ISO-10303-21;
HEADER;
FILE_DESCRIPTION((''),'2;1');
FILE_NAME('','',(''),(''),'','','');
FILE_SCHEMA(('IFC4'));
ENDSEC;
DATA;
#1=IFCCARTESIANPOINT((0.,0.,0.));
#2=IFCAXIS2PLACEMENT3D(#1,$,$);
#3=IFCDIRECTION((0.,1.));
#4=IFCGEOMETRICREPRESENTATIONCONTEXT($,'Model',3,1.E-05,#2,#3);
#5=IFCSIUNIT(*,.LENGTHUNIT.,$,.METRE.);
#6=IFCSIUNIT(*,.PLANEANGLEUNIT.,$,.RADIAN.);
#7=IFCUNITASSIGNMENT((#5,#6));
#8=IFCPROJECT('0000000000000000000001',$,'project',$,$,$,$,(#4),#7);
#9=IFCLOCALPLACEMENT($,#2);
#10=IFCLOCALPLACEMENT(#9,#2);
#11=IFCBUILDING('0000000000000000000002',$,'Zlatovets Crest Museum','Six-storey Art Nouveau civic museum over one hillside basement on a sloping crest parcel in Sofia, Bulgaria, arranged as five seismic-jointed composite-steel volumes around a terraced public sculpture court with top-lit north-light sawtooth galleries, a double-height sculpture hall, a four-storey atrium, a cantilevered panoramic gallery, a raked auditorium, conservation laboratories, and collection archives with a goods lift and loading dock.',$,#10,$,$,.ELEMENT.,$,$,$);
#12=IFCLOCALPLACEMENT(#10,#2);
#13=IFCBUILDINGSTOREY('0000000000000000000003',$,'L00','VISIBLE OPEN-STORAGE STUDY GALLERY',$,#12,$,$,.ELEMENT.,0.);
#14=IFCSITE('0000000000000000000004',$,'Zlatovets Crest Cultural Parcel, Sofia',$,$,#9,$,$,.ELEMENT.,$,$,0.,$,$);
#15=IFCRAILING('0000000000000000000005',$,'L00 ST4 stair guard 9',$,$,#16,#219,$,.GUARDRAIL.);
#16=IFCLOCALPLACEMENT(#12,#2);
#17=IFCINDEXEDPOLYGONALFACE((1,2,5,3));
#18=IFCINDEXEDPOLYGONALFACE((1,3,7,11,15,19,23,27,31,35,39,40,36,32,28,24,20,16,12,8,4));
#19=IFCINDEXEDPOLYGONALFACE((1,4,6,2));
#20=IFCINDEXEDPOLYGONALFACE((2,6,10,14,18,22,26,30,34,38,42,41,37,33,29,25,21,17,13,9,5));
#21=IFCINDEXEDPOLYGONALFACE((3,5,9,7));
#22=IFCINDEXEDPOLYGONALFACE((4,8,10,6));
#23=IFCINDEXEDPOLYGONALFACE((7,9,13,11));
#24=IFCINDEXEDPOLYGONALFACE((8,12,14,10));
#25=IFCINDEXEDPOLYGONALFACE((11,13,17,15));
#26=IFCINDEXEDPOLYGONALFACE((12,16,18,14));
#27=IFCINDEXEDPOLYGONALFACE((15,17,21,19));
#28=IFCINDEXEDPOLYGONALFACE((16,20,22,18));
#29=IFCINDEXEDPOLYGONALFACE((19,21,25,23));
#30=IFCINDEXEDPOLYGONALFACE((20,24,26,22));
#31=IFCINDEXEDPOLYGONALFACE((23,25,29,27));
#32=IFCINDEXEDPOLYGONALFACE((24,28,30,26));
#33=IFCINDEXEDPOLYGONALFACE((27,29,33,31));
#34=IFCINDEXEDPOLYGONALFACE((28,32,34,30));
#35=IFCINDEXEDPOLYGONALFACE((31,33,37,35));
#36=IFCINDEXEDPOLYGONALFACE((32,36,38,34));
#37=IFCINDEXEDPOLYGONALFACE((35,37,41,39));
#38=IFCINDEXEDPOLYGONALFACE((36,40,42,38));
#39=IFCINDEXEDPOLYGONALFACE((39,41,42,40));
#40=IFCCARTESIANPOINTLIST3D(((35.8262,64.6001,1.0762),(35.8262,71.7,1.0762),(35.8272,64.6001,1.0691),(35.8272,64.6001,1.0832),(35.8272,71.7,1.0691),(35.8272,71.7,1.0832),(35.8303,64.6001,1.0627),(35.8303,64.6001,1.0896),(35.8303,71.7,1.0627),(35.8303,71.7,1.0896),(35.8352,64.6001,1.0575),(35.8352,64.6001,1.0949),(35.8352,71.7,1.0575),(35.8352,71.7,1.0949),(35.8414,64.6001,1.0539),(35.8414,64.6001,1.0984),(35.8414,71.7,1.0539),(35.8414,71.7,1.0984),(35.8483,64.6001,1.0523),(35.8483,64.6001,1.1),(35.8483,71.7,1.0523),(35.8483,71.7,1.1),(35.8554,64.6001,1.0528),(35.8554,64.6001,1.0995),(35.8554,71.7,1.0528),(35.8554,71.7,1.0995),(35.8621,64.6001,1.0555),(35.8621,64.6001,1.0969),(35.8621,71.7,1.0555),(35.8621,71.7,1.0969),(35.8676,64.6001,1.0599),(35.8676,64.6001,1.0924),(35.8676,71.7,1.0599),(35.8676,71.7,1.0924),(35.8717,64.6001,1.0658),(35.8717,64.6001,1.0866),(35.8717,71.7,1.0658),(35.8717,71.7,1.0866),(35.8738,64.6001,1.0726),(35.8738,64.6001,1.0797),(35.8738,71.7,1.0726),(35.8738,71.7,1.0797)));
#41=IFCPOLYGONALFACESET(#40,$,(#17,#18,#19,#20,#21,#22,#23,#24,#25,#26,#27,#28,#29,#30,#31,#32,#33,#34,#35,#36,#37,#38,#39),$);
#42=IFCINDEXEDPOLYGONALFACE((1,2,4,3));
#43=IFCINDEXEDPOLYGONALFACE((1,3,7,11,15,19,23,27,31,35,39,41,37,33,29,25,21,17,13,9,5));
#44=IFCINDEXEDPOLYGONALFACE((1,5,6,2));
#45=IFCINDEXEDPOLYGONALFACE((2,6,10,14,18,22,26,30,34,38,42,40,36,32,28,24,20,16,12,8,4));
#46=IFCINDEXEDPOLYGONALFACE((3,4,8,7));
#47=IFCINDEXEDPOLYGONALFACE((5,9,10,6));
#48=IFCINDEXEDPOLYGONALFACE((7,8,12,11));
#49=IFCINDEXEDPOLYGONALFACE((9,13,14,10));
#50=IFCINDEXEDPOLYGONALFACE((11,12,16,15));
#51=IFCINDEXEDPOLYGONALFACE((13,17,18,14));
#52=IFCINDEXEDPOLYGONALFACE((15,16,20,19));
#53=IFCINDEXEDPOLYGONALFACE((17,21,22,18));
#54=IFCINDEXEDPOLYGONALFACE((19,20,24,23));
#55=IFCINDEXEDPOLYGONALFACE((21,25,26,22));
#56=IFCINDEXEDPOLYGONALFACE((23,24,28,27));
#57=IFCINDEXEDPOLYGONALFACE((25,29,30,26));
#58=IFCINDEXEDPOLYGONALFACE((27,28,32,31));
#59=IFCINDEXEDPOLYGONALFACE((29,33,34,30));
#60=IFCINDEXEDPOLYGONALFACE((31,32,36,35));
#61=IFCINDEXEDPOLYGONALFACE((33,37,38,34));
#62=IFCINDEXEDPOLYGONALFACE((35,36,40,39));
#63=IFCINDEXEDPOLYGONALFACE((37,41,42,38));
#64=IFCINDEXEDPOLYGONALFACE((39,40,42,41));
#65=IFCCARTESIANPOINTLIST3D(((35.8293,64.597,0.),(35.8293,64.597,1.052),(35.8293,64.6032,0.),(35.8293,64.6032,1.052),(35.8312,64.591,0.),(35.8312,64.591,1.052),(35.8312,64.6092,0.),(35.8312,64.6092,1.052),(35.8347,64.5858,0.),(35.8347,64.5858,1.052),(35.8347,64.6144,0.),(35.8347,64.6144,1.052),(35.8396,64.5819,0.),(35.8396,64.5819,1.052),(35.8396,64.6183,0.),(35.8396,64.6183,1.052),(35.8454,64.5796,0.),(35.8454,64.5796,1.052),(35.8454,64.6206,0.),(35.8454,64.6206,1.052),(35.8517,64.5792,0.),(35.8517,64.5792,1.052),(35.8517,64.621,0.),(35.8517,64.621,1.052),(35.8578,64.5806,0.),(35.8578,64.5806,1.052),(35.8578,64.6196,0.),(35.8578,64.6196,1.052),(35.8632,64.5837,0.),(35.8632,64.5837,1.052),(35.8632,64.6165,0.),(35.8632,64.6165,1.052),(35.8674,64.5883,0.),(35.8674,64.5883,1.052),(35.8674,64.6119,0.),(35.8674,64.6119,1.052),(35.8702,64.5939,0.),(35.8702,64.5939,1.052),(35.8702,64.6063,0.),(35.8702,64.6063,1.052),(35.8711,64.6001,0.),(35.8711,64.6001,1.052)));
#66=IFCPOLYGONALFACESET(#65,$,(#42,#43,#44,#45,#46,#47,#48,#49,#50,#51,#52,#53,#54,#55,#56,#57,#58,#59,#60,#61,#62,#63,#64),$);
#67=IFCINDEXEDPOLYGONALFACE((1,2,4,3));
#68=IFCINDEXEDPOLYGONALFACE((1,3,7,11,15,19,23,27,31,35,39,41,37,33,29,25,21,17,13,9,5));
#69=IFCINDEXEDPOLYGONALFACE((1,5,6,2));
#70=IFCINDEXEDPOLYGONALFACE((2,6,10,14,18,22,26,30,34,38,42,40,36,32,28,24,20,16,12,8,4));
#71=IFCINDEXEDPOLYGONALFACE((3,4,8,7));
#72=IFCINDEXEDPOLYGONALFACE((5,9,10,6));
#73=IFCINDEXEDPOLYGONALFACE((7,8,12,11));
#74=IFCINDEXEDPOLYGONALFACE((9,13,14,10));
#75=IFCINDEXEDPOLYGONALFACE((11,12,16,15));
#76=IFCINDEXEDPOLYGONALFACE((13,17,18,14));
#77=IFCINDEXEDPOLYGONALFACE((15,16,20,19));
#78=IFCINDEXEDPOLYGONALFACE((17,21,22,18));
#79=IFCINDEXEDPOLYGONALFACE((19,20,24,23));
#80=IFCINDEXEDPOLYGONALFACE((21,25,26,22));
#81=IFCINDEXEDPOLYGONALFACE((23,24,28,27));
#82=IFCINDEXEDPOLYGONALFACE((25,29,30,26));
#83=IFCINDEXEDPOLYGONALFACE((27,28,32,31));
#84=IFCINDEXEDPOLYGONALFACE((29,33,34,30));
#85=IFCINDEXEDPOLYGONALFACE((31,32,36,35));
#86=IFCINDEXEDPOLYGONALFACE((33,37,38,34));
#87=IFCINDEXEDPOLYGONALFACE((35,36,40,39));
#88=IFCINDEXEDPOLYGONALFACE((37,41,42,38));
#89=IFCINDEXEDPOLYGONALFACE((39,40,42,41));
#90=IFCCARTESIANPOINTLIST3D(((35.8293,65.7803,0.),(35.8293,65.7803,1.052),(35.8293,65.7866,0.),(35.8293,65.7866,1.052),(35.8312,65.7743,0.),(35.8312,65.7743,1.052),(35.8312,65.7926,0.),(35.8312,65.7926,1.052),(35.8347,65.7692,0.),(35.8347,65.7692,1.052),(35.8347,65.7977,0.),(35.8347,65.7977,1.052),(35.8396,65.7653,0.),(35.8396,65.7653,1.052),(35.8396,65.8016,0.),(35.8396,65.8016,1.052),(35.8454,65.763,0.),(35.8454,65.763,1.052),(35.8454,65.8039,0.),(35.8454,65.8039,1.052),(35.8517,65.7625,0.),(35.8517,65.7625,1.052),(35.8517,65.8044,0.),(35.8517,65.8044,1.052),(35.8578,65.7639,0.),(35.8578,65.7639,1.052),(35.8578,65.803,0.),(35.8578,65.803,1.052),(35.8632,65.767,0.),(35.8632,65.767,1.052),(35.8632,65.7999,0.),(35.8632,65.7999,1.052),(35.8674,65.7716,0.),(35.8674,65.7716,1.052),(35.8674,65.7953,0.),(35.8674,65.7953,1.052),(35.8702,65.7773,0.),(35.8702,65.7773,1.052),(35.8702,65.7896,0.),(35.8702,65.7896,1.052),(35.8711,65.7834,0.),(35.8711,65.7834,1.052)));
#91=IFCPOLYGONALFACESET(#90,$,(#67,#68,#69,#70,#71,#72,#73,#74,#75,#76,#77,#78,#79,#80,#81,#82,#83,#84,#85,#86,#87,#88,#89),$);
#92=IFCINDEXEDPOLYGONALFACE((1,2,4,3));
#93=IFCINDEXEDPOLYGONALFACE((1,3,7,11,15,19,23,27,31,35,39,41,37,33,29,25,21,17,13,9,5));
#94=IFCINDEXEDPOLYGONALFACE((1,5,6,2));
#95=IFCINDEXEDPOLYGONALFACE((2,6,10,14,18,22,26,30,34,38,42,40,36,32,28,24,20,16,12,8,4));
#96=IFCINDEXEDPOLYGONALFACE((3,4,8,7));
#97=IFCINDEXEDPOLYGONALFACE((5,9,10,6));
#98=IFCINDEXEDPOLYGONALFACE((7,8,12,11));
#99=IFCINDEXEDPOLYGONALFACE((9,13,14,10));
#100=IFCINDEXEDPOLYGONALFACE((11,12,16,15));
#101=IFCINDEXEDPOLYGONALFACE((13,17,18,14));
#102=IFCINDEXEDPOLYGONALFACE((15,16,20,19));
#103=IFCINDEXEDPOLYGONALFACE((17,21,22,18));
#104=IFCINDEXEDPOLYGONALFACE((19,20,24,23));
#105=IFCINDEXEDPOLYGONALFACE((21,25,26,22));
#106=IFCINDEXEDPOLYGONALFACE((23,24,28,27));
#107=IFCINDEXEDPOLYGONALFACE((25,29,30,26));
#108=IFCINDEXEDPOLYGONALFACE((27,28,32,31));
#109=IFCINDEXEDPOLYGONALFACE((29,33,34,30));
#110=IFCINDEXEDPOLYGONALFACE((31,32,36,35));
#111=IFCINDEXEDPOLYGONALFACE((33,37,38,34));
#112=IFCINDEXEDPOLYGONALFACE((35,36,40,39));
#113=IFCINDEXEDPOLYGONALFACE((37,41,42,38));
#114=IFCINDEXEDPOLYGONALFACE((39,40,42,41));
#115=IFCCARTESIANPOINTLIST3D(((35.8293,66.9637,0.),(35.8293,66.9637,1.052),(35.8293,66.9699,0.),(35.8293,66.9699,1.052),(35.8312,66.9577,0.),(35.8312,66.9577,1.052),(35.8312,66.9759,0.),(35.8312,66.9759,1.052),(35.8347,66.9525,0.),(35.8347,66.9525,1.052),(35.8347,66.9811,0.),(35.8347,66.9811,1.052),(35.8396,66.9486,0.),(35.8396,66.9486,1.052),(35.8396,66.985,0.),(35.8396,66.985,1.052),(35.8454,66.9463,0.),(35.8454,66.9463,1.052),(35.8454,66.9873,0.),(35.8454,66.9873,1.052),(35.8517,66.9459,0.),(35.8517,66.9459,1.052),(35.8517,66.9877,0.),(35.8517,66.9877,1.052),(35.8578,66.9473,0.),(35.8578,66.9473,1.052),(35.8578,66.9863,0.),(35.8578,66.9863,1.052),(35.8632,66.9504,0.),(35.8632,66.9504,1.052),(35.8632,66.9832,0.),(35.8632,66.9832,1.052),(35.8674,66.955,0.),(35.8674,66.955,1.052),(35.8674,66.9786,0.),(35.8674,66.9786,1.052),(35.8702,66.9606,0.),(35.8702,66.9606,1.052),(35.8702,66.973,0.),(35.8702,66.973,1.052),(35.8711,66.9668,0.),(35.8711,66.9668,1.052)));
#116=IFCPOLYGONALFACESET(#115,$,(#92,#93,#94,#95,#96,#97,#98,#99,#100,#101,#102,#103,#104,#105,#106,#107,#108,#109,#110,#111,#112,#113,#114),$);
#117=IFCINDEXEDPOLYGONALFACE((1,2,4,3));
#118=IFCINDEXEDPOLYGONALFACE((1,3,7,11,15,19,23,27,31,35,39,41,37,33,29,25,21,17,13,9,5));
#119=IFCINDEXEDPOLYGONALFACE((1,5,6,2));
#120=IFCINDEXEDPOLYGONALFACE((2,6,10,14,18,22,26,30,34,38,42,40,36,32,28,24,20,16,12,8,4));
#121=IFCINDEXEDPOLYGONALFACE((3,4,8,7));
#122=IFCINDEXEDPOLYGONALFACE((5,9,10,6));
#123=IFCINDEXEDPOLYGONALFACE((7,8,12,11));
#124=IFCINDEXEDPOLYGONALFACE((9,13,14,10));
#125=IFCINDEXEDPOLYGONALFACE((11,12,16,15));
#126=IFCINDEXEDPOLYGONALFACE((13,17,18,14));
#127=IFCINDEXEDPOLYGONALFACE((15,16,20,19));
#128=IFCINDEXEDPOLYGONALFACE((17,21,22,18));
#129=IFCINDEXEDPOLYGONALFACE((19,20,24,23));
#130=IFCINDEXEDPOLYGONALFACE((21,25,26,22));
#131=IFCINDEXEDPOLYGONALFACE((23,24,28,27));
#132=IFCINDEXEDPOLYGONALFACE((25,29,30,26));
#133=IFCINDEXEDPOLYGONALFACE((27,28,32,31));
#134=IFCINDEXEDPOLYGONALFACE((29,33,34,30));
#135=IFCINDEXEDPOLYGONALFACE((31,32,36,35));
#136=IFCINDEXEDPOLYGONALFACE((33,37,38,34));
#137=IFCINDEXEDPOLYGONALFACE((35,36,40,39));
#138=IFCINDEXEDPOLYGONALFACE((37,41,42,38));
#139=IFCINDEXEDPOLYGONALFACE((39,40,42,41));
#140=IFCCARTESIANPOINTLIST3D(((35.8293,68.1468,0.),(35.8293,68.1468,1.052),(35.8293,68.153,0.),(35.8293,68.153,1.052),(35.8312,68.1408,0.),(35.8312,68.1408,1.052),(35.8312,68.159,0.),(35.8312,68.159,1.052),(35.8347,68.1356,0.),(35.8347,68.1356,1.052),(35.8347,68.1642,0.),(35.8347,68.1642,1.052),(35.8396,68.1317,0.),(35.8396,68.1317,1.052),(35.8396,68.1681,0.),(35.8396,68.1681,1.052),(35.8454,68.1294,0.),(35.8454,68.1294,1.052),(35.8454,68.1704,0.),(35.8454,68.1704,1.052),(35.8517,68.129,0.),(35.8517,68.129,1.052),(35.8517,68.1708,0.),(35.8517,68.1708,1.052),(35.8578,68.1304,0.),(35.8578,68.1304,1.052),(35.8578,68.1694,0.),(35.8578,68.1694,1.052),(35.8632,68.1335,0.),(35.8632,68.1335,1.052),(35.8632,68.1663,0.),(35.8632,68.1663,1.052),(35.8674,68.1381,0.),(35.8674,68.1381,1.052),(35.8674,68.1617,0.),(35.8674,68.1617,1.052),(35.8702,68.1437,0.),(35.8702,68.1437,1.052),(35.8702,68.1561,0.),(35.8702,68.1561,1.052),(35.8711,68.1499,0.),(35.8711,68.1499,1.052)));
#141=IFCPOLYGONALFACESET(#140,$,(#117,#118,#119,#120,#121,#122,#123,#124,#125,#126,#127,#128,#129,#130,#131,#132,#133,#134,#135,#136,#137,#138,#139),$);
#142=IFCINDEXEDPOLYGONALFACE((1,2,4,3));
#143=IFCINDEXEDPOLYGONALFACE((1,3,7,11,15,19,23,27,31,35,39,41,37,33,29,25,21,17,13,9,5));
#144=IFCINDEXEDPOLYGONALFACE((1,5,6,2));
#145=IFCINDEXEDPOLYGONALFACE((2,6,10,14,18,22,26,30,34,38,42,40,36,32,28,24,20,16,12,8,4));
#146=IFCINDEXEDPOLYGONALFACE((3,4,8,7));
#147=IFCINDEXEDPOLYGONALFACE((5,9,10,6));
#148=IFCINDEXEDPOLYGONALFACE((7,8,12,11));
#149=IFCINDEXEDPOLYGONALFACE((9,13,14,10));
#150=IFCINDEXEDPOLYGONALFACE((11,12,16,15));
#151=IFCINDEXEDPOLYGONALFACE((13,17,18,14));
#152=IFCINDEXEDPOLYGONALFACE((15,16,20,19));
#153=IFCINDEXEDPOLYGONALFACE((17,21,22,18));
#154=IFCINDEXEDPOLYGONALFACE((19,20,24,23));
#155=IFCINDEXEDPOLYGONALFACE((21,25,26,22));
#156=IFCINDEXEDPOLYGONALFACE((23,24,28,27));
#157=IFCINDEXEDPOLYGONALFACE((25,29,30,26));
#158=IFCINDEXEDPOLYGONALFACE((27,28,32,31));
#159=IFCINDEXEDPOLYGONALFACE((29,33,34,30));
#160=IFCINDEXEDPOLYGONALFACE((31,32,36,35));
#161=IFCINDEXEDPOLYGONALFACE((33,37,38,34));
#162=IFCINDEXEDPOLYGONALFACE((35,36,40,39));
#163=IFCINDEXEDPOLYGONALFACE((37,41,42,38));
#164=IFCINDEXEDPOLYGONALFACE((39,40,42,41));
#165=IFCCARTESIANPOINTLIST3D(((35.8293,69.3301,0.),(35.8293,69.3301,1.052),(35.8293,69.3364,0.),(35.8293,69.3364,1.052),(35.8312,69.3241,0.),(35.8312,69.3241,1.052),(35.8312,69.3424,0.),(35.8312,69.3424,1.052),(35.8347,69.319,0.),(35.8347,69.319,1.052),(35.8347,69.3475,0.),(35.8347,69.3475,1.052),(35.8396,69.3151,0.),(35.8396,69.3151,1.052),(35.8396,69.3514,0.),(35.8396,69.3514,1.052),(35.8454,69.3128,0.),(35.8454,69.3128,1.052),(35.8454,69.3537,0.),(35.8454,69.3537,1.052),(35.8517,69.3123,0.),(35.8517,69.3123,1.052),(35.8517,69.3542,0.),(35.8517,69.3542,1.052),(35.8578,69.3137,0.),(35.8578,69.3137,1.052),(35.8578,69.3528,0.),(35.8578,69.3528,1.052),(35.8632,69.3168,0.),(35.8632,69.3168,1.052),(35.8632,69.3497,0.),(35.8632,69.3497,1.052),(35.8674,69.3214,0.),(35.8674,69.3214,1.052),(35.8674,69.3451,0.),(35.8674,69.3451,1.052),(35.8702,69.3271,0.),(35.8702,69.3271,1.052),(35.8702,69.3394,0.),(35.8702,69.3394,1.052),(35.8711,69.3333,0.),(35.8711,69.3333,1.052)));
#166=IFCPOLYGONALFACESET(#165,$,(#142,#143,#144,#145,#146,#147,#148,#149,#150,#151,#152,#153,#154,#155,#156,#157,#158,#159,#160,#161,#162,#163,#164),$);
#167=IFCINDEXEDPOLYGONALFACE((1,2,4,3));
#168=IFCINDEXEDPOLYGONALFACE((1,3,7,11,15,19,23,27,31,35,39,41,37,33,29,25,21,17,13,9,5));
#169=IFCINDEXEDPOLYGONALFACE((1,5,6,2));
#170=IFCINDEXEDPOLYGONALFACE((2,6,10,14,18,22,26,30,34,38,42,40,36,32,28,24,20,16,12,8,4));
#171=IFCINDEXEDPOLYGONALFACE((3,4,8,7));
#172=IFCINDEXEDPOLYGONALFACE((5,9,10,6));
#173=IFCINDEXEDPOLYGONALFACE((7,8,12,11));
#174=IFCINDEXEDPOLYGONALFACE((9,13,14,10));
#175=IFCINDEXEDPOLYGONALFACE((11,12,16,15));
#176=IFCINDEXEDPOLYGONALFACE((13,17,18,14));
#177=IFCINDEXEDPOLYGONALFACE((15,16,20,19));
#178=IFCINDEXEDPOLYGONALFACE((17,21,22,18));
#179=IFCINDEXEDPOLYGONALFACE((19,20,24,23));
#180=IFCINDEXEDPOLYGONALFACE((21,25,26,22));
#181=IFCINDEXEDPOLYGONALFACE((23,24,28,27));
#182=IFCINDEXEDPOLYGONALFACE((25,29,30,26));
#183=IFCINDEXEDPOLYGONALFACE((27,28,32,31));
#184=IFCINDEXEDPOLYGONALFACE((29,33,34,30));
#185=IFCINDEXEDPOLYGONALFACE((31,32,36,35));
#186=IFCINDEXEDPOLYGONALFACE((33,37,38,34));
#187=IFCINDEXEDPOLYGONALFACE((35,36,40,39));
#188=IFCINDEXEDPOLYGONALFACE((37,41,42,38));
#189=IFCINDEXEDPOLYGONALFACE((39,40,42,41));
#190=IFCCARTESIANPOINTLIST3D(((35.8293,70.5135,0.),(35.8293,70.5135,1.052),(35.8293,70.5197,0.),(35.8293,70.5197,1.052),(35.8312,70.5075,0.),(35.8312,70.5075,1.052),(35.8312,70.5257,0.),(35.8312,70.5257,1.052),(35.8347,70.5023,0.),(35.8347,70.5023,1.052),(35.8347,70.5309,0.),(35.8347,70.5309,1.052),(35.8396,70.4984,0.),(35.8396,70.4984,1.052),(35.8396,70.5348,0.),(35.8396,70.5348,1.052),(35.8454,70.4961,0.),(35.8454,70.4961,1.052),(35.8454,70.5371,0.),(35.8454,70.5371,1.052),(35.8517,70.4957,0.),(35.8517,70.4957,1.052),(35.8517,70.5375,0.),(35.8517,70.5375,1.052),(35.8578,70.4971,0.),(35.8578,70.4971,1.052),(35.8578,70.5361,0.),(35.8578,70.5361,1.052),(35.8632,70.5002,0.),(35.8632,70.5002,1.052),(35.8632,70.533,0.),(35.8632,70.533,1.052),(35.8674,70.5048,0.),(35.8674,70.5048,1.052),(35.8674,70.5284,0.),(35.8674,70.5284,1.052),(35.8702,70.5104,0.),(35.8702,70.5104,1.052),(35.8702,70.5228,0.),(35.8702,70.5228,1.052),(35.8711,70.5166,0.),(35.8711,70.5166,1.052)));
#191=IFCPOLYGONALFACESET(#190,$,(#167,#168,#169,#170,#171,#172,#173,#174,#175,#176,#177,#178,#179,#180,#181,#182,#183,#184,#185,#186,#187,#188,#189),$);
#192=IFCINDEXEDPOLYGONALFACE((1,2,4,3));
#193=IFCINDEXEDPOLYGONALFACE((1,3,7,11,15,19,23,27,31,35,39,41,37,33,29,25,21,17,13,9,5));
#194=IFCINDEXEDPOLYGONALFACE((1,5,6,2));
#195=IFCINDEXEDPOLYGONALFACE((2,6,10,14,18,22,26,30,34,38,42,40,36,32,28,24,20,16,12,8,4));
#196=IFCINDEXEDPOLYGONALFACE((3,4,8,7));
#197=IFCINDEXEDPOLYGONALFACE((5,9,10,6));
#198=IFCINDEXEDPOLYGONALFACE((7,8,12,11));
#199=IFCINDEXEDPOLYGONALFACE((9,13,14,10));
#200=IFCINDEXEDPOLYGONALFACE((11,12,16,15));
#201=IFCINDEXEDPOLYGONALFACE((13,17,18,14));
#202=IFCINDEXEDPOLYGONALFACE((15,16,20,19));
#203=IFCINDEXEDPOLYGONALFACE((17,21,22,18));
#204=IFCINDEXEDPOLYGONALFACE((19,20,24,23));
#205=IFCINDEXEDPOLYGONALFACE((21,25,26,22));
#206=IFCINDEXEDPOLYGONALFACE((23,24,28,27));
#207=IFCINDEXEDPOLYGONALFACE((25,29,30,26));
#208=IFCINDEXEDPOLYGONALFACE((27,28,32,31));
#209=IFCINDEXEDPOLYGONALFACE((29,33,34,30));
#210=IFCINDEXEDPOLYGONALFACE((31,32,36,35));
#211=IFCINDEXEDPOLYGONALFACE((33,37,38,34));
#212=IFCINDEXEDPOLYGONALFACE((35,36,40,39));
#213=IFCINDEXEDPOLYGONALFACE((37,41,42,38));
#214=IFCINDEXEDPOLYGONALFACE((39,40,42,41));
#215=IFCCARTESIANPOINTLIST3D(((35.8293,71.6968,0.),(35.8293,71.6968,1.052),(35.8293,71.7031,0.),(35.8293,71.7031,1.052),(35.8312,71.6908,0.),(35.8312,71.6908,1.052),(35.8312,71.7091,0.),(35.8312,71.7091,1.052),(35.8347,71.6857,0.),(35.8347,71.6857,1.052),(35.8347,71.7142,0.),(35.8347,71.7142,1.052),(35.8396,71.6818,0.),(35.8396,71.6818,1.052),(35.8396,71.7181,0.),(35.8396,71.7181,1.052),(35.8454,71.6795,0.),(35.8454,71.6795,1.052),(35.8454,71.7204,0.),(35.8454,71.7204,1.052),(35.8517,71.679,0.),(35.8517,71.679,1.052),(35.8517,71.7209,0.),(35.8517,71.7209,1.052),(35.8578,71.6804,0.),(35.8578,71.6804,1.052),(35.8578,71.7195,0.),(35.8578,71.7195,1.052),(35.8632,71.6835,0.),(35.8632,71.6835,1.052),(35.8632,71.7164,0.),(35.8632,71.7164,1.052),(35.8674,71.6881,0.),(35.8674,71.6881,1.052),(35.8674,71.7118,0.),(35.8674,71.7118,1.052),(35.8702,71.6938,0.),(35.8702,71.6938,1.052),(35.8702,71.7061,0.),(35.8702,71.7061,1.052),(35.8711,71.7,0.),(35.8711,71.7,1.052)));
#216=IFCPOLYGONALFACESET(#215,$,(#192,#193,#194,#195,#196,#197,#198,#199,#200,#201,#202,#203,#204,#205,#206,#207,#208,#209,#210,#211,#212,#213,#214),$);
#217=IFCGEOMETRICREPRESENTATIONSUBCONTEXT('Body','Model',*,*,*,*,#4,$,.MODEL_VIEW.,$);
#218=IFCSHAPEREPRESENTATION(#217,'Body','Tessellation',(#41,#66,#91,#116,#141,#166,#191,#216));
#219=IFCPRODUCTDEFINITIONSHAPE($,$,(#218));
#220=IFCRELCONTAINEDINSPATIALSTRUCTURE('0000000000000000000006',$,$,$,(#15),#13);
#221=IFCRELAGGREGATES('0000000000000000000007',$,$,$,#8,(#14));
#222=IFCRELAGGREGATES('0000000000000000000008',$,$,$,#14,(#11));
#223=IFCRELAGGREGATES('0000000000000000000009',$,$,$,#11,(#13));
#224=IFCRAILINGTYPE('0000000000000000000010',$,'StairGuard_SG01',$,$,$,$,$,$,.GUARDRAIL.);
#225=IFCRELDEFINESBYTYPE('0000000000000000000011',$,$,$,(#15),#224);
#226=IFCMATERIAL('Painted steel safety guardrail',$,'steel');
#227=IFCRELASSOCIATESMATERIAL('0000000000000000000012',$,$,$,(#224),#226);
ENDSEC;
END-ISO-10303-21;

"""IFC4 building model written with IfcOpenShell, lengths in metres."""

from ifc_helpers import new_model, si_unit, direction, frame, origin, origin_2d, place, context, subcontext, project, spatial, circle, extrude, material, type_object, element, save


model = new_model("IFC4")

# Units and contexts
model_context = context("Model", 3, precision=1e-05, world=origin(), true_north=direction((0.0, 1.0)))
body_context = subcontext(model_context, "Body", "Model", "MODEL_VIEW")
ifc_project = project(units=[si_unit("LENGTHUNIT", "METRE"), si_unit("PLANEANGLEUNIT", "RADIAN")], contexts=[model_context])

# Site, building, storey
site_placement = place(None, origin())
site = spatial("IfcSite", under=ifc_project, at=site_placement, Name="Zlatovets Crest Cultural Parcel, Sofia", CompositionType="ELEMENT", RefElevation=0.0)
building_placement = place(site_placement, origin())
building = spatial("IfcBuilding", under=site, at=building_placement, Name="Zlatovets Crest Museum", Description="Six-storey Art Nouveau civic museum over one hillside basement on a sloping crest parcel in Sofia, Bulgaria, arranged as five seismic-jointed composite-steel volumes around a terraced public sculpture court with top-lit north-light sawtooth galleries, a double-height sculpture hall, a four-storey atrium, a cantilevered panoramic gallery, a raked auditorium, conservation laboratories, and collection archives with a goods lift and loading dock.", CompositionType="ELEMENT")
storey_placement = place(building_placement, origin())
storey = spatial("IfcBuildingStorey", under=building, at=storey_placement, Name="L00", Description="VISIBLE OPEN-STORAGE STUDY GALLERY", CompositionType="ELEMENT", Elevation=0.0)

# Railing
ifc_material_1 = material(Name="Painted steel safety guardrail", Category="steel")
railing_type = type_object("IfcRailingType", Name="StairGuard_SG01", PredefinedType="GUARDRAIL", material=ifc_material_1)
railing_1_placement = place(storey_placement, frame((35.8501, 64.6001, 0.0)))
element("IfcRailing", 1, at=railing_1_placement, inside=storey, type_object=railing_type, Name="L00 ST4 stair guard 9", PredefinedType="GUARDRAIL", context=body_context, shape_type="SweptSolid", body=[
    extrude(circle(Radius=0.0239, at=origin_2d()), frame((0.0, 0.0, 1.0762), z_axis=(0.0, 1.0, 0.0), x_axis=(-1.0, 0.0, 0.0)), (0.0, 0.0, 1.0), 7.0999),
    extrude(circle(Radius=0.021, at=origin_2d()), origin(), (0.0, 0.0, 1.0), 1.052),
    extrude(circle(Radius=0.021, at=origin_2d()), frame((0.0, 1.1833, 0.0)), (0.0, 0.0, 1.0), 1.052),
    extrude(circle(Radius=0.021, at=origin_2d()), frame((0.0, 2.3667, 0.0)), (0.0, 0.0, 1.0), 1.052),
    extrude(circle(Radius=0.021, at=origin_2d()), frame((0.0, 3.5498, 0.0)), (0.0, 0.0, 1.0), 1.052),
    extrude(circle(Radius=0.021, at=origin_2d()), frame((0.0, 4.7332, 0.0)), (0.0, 0.0, 1.0), 1.052),
    extrude(circle(Radius=0.021, at=origin_2d()), frame((0.0, 5.9165, 0.0)), (0.0, 0.0, 1.0), 1.052),
    extrude(circle(Radius=0.021, at=origin_2d()), frame((0.0, 7.0999, 0.0)), (0.0, 0.0, 1.0), 1.052),
])

save(model, "model.ifc")
